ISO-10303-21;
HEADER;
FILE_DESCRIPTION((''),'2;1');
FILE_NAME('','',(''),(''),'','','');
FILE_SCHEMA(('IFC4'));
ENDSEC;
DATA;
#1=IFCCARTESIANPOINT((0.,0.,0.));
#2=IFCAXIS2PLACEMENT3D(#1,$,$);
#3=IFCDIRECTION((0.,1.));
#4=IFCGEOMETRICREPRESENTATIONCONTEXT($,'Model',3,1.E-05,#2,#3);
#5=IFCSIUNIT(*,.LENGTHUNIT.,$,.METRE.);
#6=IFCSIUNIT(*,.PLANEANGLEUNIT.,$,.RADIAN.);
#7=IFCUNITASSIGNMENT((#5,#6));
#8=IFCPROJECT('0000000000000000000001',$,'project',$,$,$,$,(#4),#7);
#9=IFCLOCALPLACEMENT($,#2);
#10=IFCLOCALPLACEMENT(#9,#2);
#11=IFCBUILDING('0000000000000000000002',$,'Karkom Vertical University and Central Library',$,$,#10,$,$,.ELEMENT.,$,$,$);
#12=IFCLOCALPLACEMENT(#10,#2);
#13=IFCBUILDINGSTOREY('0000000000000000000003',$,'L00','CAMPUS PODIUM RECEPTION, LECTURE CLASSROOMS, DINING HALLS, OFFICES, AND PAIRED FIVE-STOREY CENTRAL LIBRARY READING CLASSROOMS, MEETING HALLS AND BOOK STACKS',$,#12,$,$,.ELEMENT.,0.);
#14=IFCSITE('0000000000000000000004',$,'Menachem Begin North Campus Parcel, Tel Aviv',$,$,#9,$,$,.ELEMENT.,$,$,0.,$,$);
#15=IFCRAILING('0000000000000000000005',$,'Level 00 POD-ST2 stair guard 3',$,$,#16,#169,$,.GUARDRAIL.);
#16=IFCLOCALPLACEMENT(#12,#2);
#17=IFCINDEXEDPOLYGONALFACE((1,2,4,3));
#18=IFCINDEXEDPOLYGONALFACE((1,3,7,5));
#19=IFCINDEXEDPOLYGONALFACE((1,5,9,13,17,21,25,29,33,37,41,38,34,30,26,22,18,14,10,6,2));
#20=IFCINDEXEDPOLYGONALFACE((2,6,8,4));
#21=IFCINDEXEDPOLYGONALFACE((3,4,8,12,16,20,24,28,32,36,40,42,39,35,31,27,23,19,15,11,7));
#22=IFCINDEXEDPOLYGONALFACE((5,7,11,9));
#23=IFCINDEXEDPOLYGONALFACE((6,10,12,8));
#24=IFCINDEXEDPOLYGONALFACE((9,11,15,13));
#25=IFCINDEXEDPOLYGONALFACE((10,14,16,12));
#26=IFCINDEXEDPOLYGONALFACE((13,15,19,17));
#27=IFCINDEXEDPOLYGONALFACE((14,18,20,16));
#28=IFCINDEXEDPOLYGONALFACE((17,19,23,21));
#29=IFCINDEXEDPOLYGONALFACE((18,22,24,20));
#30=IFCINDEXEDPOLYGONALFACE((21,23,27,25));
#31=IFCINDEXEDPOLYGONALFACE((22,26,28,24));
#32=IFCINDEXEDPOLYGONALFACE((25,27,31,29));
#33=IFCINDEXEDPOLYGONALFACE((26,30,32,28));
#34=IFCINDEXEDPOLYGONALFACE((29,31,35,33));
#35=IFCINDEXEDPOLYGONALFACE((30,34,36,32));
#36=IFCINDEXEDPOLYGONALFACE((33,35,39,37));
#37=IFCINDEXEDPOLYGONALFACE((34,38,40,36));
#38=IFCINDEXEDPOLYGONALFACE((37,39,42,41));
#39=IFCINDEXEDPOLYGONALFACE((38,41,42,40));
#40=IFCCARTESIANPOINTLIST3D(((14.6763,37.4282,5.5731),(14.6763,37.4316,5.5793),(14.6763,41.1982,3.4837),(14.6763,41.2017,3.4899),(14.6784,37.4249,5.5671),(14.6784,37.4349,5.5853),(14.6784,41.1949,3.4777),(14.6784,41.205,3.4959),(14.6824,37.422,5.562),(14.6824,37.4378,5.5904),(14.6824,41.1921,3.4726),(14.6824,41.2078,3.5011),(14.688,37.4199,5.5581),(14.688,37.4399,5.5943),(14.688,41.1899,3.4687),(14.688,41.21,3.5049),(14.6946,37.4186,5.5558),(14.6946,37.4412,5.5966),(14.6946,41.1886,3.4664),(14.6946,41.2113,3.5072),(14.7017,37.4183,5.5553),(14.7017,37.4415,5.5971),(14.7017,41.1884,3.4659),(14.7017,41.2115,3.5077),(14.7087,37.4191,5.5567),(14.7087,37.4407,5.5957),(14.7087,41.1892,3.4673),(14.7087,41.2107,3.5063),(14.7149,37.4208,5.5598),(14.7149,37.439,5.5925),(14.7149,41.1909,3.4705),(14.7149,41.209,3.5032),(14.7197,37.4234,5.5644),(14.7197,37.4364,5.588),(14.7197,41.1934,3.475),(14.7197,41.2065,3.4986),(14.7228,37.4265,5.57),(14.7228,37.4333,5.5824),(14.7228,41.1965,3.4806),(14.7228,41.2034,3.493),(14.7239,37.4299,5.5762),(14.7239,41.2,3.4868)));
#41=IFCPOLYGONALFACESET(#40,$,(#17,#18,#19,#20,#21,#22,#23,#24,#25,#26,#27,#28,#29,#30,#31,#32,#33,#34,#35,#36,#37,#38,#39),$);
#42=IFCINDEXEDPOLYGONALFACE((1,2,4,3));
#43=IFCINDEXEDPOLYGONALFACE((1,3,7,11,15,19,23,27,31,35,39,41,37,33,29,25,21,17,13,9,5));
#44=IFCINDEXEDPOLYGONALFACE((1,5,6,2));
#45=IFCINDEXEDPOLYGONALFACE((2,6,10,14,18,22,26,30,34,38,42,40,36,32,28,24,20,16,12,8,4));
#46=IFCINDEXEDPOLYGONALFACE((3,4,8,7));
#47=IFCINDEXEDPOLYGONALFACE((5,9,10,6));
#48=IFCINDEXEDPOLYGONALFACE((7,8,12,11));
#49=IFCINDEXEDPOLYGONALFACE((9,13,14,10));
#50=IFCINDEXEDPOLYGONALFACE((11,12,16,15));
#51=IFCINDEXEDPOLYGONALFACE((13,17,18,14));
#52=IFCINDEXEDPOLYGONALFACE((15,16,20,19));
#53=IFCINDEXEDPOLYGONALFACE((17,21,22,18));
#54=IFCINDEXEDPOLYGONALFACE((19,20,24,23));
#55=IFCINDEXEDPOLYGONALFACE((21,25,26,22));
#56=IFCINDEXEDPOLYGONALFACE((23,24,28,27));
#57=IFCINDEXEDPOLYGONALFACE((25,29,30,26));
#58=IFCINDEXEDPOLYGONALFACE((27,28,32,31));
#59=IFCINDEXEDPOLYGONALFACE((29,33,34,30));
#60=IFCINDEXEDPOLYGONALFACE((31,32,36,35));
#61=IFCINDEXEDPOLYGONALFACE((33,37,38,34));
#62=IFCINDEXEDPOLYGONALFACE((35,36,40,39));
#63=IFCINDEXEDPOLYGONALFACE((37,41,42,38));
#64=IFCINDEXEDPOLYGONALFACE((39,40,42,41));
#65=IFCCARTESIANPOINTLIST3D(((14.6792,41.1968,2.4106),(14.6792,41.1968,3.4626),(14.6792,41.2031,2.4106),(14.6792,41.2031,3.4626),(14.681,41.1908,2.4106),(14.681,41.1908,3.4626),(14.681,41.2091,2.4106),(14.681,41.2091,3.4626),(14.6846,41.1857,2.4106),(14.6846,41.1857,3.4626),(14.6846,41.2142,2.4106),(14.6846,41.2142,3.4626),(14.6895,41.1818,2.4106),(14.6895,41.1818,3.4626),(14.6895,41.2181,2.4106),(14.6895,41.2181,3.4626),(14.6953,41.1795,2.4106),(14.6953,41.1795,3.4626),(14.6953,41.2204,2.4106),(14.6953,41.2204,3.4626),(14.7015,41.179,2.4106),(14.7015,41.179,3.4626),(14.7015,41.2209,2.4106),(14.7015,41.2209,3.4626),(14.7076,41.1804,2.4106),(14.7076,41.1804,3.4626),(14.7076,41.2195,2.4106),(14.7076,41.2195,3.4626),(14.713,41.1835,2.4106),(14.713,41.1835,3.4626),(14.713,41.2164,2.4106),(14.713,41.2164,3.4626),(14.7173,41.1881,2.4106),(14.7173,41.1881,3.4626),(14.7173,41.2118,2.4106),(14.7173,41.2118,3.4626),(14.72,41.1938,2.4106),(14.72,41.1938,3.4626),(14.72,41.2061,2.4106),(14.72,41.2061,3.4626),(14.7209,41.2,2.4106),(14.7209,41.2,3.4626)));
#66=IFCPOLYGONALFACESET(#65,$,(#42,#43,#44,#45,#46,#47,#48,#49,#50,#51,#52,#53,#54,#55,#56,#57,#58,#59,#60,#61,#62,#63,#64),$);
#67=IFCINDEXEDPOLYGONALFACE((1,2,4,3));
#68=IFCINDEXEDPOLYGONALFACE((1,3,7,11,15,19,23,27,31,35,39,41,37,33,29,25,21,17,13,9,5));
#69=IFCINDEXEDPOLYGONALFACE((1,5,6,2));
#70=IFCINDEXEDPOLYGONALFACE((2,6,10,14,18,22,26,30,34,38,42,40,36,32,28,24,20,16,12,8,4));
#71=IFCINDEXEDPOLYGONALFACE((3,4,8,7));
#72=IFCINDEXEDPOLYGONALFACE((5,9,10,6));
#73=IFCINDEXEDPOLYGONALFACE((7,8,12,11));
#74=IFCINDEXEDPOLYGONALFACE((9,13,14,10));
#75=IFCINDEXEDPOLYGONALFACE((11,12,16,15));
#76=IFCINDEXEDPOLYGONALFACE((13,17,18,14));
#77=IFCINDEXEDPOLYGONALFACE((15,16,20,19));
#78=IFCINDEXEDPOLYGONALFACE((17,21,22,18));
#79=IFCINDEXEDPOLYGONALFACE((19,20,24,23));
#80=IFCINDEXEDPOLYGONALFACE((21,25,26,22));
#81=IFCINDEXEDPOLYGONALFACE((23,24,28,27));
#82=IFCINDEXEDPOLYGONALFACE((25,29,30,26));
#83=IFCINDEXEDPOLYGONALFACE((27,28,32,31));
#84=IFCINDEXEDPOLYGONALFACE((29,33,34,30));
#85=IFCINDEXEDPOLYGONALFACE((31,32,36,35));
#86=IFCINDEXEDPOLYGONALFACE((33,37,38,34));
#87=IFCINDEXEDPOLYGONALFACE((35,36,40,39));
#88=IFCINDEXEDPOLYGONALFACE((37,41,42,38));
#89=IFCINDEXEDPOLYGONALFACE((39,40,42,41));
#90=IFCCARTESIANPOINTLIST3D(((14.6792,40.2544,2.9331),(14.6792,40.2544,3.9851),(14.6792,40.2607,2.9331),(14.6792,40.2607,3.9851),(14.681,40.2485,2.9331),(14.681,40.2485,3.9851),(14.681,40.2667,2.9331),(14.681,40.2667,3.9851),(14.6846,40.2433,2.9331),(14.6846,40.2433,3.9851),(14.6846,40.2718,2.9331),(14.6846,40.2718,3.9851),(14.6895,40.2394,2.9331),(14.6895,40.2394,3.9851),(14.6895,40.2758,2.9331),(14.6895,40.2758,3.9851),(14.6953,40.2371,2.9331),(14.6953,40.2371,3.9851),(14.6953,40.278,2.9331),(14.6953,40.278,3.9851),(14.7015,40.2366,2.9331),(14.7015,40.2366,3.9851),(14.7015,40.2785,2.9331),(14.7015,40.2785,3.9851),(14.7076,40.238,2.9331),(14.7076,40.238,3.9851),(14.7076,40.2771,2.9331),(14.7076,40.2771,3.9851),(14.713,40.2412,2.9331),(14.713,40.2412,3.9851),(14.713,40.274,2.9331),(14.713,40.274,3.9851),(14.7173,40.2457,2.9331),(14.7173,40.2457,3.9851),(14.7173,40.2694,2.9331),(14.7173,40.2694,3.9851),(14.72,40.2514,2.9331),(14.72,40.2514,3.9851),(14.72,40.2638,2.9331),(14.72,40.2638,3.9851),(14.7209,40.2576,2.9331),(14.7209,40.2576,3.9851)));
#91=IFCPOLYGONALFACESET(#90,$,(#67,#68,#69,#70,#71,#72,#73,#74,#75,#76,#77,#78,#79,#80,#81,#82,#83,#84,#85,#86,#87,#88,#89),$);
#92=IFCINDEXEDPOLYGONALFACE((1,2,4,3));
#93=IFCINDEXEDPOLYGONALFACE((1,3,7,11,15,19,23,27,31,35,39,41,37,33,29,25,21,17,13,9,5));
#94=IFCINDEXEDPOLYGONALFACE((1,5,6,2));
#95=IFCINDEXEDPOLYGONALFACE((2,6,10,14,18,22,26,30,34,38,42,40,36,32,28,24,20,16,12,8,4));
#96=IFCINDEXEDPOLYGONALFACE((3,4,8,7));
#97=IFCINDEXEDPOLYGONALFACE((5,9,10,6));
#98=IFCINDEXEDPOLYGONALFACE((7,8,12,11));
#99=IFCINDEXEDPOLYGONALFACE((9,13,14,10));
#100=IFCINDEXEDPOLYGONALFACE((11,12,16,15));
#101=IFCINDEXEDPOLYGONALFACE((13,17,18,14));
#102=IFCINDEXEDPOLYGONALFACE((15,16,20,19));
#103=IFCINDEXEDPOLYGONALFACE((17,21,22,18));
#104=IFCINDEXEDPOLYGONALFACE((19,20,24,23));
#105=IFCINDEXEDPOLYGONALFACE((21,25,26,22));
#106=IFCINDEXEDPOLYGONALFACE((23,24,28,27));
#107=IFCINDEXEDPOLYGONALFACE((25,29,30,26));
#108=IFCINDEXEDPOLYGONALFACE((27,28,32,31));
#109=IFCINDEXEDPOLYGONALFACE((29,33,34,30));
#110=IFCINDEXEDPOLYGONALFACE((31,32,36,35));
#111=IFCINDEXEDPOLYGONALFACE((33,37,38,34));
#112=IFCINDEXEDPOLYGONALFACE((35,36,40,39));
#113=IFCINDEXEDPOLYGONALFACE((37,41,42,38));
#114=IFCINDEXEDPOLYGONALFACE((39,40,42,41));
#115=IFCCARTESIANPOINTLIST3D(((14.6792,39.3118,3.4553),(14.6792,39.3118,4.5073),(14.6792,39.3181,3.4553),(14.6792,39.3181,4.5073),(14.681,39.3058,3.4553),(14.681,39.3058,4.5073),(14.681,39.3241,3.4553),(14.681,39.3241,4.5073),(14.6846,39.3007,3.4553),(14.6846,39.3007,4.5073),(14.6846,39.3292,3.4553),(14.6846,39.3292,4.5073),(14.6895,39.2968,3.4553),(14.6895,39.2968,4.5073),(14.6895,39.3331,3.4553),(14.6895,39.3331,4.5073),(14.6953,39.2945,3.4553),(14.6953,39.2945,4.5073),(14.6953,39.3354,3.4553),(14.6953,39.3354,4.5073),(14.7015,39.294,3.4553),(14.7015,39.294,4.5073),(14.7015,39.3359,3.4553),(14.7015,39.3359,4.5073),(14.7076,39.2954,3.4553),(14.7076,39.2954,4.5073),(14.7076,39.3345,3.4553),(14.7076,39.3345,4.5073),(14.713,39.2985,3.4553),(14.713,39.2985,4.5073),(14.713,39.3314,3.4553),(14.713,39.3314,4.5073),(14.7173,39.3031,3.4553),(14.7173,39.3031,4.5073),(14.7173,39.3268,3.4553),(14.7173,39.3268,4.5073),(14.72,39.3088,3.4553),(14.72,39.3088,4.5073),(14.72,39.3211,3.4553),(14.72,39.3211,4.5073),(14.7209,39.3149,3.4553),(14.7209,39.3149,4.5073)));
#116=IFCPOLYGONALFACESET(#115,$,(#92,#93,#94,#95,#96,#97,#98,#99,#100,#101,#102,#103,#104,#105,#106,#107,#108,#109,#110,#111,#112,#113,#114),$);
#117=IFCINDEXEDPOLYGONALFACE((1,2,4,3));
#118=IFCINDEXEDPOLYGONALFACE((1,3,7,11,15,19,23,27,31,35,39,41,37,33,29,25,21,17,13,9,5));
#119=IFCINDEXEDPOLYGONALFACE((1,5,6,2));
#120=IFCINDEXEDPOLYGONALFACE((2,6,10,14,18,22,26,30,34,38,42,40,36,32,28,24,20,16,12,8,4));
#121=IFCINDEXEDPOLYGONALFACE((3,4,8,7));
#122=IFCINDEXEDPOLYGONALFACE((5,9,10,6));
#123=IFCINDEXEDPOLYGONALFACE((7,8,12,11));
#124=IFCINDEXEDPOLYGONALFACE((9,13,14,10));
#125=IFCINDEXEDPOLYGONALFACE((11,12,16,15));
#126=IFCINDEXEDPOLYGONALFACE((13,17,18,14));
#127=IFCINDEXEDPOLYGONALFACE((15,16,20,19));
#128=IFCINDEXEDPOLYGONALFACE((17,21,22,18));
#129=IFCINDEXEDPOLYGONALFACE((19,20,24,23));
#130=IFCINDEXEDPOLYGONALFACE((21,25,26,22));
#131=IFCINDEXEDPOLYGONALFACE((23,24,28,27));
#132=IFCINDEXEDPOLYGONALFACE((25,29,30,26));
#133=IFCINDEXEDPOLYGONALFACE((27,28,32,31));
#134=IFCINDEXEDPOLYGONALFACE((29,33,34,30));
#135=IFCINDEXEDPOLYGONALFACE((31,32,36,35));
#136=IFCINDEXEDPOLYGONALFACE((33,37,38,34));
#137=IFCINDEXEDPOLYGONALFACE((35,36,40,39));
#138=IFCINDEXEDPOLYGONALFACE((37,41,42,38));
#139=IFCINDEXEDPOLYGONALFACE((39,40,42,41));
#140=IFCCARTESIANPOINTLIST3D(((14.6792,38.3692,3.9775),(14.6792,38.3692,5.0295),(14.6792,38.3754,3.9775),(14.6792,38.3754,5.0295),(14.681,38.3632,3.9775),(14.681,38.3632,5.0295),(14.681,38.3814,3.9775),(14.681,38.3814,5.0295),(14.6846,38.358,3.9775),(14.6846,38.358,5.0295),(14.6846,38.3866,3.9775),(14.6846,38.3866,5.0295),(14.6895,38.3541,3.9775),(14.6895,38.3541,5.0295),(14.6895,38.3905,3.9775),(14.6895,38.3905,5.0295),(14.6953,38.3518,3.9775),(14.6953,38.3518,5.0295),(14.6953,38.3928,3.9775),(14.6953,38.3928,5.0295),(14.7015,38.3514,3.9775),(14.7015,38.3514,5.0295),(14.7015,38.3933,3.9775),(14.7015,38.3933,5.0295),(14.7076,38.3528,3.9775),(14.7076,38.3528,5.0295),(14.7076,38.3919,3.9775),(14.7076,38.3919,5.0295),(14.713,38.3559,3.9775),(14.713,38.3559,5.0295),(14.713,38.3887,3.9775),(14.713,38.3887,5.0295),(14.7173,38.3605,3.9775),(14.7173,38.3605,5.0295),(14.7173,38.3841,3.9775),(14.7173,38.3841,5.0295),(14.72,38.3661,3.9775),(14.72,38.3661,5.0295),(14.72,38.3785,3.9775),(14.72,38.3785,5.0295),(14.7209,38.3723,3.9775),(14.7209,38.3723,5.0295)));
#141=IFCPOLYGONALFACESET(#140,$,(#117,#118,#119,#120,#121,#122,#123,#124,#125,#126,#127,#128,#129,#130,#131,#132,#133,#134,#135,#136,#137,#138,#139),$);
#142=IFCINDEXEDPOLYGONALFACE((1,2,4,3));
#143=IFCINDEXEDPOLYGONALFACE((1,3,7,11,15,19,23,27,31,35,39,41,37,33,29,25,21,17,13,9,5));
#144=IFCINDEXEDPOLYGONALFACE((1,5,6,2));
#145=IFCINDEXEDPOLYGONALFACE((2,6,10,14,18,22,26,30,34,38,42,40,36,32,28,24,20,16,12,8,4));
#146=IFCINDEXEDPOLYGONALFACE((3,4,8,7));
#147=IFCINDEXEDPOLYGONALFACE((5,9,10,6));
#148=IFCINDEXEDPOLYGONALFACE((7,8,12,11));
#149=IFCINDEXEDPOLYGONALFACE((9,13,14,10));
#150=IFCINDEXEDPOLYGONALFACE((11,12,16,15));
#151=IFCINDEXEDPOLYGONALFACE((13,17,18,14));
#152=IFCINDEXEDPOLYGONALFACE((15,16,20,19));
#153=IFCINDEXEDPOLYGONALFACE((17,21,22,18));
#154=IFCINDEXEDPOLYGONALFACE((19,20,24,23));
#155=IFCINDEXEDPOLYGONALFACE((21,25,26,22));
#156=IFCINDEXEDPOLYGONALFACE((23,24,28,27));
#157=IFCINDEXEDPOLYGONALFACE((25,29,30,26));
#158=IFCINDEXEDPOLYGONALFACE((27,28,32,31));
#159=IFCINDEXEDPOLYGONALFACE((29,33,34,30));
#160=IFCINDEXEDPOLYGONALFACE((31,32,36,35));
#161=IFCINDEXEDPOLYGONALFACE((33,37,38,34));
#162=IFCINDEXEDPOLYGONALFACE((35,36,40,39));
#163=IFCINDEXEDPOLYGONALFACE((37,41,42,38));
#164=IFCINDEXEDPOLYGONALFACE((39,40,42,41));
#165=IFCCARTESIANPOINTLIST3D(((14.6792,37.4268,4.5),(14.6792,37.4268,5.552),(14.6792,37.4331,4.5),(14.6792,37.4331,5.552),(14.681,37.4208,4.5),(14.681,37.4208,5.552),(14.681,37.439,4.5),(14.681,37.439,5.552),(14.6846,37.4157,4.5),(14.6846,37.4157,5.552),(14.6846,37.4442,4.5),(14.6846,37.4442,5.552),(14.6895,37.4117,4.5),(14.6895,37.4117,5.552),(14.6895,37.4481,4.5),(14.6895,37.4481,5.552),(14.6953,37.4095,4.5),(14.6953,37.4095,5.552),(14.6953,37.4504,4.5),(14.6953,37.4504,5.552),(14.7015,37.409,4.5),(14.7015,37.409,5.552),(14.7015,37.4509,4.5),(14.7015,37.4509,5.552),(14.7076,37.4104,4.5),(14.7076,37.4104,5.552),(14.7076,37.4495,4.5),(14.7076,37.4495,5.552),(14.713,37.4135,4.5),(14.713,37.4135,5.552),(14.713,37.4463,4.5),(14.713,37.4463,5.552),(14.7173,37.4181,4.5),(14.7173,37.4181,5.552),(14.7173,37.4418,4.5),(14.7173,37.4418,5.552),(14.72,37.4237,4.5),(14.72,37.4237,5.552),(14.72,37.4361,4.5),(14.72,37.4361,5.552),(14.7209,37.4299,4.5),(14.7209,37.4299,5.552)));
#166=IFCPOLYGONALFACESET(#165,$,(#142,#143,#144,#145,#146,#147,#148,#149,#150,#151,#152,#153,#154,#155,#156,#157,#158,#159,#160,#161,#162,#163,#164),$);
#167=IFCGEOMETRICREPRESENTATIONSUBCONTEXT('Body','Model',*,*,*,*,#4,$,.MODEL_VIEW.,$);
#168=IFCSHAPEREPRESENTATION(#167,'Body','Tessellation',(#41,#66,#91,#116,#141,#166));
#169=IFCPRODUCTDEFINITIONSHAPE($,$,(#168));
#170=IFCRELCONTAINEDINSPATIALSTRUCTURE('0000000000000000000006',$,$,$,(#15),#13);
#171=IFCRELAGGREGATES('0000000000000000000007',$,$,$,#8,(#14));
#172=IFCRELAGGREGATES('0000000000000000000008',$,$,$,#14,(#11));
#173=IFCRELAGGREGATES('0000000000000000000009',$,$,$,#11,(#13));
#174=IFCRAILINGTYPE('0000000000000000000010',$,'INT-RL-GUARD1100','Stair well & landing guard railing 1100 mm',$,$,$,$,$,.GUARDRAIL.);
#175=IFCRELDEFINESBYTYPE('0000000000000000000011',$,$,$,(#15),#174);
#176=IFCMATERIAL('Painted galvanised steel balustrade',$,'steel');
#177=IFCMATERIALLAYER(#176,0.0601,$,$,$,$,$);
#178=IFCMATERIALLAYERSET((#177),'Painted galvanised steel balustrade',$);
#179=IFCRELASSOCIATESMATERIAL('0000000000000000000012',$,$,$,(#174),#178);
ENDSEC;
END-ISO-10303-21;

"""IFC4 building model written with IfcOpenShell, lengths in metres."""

from ifc_helpers import new_model, si_unit, direction, frame, origin, origin_2d, place, context, subcontext, project, spatial, circle, extrude, material, layer, layer_set, type_object, element, save


model = new_model("IFC4")

# Units and contexts
model_context = context("Model", 3, precision=1e-05, world=origin(), true_north=direction((0.0, 1.0)))
body_context = subcontext(model_context, "Body", "Model", "MODEL_VIEW")
ifc_project = project(units=[si_unit("LENGTHUNIT", "METRE"), si_unit("PLANEANGLEUNIT", "RADIAN")], contexts=[model_context])

# Site, building, storey
site_placement = place(None, origin())
site = spatial("IfcSite", under=ifc_project, at=site_placement, Name="Menachem Begin North Campus Parcel, Tel Aviv", CompositionType="ELEMENT", RefElevation=0.0)
building_placement = place(site_placement, origin())
building = spatial("IfcBuilding", under=site, at=building_placement, Name="Karkom Vertical University and Central Library", CompositionType="ELEMENT")
storey_placement = place(building_placement, origin())
storey = spatial("IfcBuildingStorey", under=building, at=storey_placement, Name="L00", Description="CAMPUS PODIUM RECEPTION, LECTURE CLASSROOMS, DINING HALLS, OFFICES, AND PAIRED FIVE-STOREY CENTRAL LIBRARY READING CLASSROOMS, MEETING HALLS AND BOOK STACKS", CompositionType="ELEMENT", Elevation=0.0)

# Railing
ifc_material_1 = material(Name="Painted galvanised steel balustrade", Category="steel")
ifc_layer_1 = layer(ifc_material_1, 0.0601)
ifc_layer_set_1 = layer_set([ifc_layer_1], Name="Painted galvanised steel balustrade")
railing_type = type_object("IfcRailingType", Name="INT-RL-GUARD1100", Description="Stair well & landing guard railing 1100 mm", PredefinedType="GUARDRAIL", material=ifc_layer_set_1)
railing_placement = place(storey_placement, frame((14.7, 41.2, 2.4106)))
element("IfcRailing", 1, at=railing_placement, inside=storey, type_object=railing_type, Name="Level 00 POD-ST2 stair guard 3", PredefinedType="GUARDRAIL", context=body_context, shape_type="SweptSolid", body=[
    extrude(circle(Radius=0.0239, at=origin_2d()), frame((0.0, 0.0, 1.0762), z_axis=(0.0, -0.874659, 0.484739), x_axis=(1.0, 0.0, 0.0)), (0.0, 0.0, 1.0), 4.3103),
    extrude(circle(Radius=0.021, at=origin_2d()), origin(), (0.0, 0.0, 1.0), 1.052),
    extrude(circle(Radius=0.021, at=origin_2d()), frame((0.0, -0.9424, 0.5225)), (0.0, 0.0, 1.0), 1.052),
    extrude(circle(Radius=0.021, at=origin_2d()), frame((0.0, -1.885, 1.0447)), (0.0, 0.0, 1.0), 1.052),
    extrude(circle(Radius=0.021, at=origin_2d()), frame((0.0, -2.8276, 1.5669)), (0.0, 0.0, 1.0), 1.052),
    extrude(circle(Radius=0.021, at=origin_2d()), frame((0.0, -3.77, 2.0894)), (0.0, 0.0, 1.0), 1.052),
])

save(model, "model.ifc")
